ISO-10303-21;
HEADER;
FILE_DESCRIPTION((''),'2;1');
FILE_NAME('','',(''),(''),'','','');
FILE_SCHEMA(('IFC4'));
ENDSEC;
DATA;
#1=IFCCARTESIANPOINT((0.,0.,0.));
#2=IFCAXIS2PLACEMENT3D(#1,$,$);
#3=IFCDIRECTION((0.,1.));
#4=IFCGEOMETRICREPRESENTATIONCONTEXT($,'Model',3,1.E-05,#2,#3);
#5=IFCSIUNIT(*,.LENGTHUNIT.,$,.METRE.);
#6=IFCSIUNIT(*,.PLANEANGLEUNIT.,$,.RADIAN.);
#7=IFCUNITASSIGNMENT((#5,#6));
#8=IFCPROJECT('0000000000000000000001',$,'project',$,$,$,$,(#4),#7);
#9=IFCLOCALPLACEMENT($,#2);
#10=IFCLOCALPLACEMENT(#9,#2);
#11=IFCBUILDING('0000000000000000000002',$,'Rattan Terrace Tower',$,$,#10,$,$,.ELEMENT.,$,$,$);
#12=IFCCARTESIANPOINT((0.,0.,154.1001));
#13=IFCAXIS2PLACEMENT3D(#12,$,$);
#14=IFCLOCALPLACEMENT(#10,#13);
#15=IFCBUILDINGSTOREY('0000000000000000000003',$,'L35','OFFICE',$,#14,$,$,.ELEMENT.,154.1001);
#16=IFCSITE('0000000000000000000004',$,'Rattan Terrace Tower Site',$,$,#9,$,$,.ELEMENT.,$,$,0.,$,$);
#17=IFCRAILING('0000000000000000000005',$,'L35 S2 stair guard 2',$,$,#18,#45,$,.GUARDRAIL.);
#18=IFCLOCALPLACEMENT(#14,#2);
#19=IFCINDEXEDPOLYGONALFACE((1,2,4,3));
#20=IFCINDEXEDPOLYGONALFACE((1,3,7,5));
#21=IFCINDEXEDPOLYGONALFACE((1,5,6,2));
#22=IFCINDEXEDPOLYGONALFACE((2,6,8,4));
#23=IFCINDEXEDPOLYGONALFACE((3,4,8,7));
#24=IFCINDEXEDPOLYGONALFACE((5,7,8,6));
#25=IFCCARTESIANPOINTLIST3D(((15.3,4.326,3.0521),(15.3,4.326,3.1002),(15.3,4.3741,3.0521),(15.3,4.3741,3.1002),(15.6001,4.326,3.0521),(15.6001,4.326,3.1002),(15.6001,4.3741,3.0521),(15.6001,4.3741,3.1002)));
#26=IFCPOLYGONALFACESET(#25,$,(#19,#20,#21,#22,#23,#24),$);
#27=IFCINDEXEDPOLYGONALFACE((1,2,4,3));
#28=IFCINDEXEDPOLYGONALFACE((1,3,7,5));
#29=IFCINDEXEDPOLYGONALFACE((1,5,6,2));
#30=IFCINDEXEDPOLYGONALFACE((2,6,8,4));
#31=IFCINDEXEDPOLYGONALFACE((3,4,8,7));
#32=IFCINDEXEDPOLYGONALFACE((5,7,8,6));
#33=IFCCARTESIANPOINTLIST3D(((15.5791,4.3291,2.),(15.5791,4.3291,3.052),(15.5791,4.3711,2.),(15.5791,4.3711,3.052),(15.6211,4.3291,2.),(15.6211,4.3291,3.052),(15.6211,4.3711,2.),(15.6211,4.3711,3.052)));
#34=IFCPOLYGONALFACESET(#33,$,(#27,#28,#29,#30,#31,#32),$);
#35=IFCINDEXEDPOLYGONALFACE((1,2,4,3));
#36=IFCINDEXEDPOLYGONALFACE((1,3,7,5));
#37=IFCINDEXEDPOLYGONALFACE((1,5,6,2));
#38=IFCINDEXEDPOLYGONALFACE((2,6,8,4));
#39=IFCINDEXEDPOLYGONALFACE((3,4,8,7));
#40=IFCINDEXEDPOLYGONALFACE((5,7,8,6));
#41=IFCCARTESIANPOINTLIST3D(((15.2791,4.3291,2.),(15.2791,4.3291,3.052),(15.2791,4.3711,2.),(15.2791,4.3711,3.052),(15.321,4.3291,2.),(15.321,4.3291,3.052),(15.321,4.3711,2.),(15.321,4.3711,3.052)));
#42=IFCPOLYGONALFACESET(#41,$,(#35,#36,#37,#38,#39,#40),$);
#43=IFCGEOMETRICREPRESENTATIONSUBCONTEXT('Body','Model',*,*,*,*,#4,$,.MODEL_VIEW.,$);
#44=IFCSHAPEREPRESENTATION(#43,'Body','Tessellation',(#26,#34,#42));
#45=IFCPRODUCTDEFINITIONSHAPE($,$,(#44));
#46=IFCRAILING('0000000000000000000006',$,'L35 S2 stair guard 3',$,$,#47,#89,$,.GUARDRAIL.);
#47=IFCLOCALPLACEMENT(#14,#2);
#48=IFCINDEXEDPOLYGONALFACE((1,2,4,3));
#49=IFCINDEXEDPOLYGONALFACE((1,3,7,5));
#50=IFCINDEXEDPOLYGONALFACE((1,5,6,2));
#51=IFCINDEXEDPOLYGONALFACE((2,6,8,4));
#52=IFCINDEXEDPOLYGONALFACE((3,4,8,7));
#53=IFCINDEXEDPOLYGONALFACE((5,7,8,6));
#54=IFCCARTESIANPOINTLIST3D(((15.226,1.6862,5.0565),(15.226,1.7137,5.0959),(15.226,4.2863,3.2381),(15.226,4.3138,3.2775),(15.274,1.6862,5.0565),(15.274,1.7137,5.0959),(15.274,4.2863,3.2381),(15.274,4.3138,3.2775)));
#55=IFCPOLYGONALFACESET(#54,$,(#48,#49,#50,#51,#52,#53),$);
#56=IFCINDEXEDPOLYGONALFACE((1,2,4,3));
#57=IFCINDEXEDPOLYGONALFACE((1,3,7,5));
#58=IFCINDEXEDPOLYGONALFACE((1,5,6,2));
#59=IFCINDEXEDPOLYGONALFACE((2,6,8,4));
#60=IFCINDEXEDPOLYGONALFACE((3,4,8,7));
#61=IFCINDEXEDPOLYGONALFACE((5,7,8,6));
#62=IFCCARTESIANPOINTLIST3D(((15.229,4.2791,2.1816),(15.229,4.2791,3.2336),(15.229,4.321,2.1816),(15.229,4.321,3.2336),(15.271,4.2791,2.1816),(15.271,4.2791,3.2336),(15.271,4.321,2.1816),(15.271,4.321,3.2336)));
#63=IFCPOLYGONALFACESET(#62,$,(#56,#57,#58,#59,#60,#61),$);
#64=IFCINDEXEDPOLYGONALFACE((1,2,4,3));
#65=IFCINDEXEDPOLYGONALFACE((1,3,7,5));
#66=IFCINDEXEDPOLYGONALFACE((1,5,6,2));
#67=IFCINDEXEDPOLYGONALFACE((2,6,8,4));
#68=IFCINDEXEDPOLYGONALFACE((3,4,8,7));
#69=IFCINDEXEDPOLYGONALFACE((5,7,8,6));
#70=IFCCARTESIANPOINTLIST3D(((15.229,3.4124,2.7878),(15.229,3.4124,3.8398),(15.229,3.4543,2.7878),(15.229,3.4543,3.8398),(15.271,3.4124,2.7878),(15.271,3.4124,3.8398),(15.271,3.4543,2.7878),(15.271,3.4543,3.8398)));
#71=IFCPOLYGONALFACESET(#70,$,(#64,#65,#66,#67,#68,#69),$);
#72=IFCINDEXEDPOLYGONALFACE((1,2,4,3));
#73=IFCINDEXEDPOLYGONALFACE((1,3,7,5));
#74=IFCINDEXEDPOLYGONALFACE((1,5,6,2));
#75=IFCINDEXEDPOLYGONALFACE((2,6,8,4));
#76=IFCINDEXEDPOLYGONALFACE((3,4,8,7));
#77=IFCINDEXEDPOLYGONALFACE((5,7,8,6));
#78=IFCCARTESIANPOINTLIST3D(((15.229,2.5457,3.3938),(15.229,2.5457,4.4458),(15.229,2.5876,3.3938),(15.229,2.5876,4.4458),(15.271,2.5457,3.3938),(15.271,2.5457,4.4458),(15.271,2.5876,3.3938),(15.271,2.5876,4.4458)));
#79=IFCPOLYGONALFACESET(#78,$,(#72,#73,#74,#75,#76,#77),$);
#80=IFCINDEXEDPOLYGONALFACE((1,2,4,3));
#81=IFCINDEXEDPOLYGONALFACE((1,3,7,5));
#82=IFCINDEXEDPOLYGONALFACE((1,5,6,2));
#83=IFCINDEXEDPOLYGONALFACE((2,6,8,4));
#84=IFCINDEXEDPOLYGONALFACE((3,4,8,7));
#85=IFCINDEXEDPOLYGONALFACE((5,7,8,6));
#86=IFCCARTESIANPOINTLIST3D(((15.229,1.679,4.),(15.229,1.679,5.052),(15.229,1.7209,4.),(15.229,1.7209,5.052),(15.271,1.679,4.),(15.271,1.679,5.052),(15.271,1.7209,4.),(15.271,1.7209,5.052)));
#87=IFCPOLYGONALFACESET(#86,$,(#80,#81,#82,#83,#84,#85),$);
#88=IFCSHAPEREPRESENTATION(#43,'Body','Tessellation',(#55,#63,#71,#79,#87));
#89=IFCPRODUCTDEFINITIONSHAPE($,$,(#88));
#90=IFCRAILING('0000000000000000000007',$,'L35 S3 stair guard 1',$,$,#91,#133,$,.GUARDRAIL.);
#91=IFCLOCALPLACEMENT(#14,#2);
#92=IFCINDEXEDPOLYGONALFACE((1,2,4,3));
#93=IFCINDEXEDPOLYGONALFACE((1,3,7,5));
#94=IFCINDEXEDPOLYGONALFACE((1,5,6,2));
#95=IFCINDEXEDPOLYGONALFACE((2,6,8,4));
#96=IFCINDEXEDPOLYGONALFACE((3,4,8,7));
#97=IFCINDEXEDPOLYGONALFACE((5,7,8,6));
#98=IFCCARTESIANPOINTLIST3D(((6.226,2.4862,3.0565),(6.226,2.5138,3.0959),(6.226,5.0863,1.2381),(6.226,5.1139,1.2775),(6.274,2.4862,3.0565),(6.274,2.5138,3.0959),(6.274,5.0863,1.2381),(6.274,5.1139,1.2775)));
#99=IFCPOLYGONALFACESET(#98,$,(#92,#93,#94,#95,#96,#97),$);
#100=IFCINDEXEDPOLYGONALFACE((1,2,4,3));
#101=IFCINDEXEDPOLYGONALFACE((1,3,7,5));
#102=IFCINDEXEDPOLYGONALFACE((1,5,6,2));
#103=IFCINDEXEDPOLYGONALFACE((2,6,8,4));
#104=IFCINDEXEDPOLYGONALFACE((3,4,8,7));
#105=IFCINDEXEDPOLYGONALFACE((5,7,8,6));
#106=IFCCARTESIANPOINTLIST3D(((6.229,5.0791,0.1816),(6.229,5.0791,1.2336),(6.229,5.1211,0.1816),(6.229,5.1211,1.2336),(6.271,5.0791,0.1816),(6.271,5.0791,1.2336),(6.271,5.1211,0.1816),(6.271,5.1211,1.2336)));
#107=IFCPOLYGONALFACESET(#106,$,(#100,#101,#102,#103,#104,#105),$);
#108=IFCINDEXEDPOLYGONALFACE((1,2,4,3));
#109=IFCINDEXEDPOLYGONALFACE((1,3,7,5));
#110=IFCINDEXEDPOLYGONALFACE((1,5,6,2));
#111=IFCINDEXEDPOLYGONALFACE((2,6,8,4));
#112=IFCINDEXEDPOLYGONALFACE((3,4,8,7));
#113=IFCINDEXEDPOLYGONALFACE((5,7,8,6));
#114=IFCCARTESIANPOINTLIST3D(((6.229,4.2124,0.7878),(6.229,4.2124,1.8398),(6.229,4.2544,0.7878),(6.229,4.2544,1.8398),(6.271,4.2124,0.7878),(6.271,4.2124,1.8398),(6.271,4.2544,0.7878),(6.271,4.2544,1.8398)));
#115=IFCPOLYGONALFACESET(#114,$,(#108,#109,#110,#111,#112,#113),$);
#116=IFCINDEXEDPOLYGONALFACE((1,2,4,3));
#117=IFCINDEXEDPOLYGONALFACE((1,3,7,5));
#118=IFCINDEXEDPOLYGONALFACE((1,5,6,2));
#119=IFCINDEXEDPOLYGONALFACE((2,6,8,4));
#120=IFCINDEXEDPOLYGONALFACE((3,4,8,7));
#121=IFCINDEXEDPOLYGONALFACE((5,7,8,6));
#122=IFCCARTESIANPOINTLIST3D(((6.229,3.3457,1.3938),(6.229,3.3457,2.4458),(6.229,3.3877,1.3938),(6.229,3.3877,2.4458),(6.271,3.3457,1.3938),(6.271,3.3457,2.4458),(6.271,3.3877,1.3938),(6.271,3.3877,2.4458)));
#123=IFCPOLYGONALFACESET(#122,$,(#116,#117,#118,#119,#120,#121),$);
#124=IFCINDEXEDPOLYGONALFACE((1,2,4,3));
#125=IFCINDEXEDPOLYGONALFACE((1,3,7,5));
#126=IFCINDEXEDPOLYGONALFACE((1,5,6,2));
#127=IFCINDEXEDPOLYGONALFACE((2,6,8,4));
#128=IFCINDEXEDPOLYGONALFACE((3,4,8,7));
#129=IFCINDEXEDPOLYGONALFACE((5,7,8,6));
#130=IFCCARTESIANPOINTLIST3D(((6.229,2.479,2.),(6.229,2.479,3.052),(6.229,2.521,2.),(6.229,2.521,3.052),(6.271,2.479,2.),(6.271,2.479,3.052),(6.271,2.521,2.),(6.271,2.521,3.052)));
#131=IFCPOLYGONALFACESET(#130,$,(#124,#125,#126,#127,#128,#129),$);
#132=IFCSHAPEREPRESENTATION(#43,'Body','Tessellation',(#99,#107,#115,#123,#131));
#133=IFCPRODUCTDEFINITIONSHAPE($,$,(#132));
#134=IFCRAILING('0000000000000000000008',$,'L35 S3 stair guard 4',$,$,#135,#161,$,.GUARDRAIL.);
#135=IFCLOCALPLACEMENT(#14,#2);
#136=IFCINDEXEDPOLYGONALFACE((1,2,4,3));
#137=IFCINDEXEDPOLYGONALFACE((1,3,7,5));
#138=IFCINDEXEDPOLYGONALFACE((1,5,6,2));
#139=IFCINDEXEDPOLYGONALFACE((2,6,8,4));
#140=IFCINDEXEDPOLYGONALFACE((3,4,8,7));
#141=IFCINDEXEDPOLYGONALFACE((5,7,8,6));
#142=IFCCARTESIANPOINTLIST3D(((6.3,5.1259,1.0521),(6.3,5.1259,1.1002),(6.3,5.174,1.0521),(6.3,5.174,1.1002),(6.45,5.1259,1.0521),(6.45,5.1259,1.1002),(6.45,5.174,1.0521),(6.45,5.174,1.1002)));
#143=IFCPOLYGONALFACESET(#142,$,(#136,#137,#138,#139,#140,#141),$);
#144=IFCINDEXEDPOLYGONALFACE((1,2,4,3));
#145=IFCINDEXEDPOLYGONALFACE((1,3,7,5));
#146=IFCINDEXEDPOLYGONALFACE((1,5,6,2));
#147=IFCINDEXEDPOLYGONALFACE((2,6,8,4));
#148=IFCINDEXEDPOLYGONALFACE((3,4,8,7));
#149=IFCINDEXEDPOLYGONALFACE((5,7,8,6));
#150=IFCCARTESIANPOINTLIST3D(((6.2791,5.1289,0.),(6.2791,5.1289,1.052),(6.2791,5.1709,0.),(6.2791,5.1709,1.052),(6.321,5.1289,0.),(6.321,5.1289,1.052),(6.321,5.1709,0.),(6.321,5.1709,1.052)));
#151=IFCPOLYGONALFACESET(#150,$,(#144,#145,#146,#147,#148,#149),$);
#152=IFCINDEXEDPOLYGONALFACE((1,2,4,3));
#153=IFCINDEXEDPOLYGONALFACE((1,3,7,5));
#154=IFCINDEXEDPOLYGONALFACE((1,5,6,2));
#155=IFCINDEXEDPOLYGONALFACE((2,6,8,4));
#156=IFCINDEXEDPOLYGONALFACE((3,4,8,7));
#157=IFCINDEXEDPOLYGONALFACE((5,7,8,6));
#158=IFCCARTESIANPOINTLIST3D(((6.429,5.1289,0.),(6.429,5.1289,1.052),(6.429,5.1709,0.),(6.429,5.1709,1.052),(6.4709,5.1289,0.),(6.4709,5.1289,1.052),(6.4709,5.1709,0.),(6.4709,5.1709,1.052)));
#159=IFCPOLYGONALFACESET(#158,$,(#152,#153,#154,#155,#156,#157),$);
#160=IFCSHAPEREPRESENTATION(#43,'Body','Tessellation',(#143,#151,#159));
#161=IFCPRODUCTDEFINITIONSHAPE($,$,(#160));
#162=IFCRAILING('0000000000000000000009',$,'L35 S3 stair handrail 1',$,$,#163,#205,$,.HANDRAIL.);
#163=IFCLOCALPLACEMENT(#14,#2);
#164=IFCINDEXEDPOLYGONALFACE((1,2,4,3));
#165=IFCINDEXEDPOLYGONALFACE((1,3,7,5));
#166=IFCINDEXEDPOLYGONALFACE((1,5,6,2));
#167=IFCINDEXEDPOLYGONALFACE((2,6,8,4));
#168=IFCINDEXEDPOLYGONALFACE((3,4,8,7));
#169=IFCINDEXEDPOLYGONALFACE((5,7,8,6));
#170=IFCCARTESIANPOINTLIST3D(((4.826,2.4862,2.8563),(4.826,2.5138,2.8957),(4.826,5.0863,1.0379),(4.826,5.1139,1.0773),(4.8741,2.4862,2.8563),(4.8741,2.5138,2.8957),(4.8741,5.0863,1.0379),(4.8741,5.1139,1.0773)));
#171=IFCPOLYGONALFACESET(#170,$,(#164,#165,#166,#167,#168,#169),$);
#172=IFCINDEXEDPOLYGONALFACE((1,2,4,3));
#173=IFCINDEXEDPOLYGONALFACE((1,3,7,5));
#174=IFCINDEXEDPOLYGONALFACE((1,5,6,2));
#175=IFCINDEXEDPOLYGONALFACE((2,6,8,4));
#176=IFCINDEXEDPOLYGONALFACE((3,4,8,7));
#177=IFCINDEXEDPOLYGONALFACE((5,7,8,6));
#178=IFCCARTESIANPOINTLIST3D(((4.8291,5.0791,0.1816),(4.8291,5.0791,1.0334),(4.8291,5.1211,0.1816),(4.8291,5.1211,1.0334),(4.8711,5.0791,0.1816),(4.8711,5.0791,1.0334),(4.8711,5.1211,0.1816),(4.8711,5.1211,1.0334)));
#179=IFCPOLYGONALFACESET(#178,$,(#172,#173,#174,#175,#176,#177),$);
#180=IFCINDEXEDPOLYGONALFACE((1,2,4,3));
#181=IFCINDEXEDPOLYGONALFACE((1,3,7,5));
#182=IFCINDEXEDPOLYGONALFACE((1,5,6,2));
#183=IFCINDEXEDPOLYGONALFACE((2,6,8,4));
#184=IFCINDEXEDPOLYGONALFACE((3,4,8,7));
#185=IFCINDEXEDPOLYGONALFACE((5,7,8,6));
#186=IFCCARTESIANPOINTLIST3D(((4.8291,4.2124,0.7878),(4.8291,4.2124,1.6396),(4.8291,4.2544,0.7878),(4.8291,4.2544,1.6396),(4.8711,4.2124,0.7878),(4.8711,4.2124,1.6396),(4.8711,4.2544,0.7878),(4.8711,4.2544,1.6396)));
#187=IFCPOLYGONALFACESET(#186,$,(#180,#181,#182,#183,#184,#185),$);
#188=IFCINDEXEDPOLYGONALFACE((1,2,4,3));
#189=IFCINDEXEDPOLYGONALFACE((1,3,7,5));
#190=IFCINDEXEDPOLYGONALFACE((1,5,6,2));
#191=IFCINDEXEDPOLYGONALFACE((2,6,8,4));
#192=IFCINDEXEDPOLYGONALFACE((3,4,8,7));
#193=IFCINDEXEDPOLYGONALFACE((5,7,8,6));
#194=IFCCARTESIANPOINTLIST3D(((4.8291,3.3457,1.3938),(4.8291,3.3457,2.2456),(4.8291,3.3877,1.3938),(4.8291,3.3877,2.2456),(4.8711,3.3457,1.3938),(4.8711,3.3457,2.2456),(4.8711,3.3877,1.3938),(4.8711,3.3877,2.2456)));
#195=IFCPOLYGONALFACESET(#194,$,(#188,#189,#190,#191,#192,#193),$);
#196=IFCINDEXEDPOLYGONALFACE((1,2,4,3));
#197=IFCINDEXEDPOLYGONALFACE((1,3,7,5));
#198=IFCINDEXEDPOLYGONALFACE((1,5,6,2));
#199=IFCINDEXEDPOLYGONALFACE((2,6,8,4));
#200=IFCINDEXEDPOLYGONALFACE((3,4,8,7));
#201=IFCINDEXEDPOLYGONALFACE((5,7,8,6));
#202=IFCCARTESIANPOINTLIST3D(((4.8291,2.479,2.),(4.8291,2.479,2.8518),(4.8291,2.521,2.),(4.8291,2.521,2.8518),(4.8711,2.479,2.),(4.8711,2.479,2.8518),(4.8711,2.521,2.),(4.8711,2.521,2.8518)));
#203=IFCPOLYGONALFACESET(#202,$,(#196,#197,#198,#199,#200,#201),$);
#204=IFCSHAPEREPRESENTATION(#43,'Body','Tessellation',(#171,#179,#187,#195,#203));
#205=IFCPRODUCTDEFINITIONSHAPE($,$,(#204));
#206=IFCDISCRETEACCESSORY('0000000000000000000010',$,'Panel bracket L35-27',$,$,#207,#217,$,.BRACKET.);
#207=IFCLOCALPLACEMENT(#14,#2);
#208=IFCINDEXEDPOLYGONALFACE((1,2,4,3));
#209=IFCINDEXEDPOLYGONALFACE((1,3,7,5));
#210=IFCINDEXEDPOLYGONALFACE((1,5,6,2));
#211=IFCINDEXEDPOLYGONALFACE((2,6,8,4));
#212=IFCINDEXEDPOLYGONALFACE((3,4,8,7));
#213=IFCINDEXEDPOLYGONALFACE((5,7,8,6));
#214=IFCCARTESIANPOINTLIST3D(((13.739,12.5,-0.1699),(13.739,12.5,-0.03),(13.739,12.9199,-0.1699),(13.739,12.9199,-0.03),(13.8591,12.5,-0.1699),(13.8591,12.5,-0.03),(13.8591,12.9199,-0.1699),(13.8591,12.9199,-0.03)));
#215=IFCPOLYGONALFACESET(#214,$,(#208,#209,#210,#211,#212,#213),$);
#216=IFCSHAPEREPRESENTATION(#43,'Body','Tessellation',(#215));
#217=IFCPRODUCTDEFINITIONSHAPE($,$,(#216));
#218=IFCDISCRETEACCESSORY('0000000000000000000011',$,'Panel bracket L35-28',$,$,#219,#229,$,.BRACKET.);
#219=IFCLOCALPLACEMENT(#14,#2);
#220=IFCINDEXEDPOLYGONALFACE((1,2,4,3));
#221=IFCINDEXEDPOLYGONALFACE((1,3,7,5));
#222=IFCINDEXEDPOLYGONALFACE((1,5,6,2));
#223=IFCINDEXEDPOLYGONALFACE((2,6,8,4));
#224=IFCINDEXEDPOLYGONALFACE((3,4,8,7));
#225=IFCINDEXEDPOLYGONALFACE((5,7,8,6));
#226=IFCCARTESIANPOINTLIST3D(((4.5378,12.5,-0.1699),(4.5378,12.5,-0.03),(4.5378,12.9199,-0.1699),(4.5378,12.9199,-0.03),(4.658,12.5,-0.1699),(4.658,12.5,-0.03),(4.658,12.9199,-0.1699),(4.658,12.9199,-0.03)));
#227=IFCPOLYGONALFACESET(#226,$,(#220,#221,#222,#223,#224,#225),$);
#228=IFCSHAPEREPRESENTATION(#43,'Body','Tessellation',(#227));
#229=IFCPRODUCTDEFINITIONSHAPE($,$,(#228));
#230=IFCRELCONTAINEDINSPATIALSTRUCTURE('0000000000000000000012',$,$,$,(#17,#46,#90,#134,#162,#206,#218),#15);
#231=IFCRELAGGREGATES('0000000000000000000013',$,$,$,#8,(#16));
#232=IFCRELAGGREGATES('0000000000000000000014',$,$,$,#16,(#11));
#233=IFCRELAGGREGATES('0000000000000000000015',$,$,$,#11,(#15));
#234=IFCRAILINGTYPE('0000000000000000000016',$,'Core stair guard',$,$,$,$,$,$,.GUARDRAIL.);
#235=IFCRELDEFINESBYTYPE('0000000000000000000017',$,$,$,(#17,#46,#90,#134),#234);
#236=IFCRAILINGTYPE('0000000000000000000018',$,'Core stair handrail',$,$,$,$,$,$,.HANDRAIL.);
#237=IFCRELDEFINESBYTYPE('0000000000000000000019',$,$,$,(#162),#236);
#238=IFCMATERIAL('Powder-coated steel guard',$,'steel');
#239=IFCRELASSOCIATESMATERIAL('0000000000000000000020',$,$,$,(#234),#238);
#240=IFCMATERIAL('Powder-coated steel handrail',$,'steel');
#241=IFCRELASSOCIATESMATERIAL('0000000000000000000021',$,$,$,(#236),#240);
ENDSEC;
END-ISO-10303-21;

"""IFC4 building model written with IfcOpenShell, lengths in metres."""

from ifc_helpers import new_model, si_unit, direction, frame, origin, origin_2d, place, context, subcontext, project, spatial, rectangle, extrude, material, type_object, element, save


model = new_model("IFC4")

# Units and contexts
model_context = context("Model", 3, precision=1e-05, world=origin(), true_north=direction((0.0, 1.0)))
body_context = subcontext(model_context, "Body", "Model", "MODEL_VIEW")
ifc_project = project(units=[si_unit("LENGTHUNIT", "METRE"), si_unit("PLANEANGLEUNIT", "RADIAN")], contexts=[model_context])

# Site, building, storey
site_placement = place(None, origin())
site = spatial("IfcSite", under=ifc_project, at=site_placement, Name="Rattan Terrace Tower Site", CompositionType="ELEMENT", RefElevation=0.0)
building_placement = place(site_placement, origin())
building = spatial("IfcBuilding", under=site, at=building_placement, Name="Rattan Terrace Tower", CompositionType="ELEMENT")
storey_placement = place(building_placement, frame((0.0, 0.0, 154.1001)))
storey = spatial("IfcBuildingStorey", under=building, at=storey_placement, Name="L35", Description="OFFICE", CompositionType="ELEMENT", Elevation=154.1001)

# Railings
ifc_material_1 = material(Name="Powder-coated steel guard", Category="steel")
railing_type_1 = type_object("IfcRailingType", Name="Core stair guard", PredefinedType="GUARDRAIL", material=ifc_material_1)
railing_1_placement = place(storey_placement, frame((15.6001, 4.3501, 2.0)))
element("IfcRailing", 1, at=railing_1_placement, inside=storey, type_object=railing_type_1, Name="L35 S2 stair guard 2", PredefinedType="GUARDRAIL", context=body_context, shape_type="SweptSolid", body=[
    extrude(rectangle(XDim=0.0481, YDim=0.0481, at=origin_2d()), frame((0.0, 0.0, 1.0762), z_axis=(-1.0, 0.0, 0.0), x_axis=(0.0, -1.0, 0.0)), (0.0, 0.0, 1.0), 0.3),
    extrude(rectangle(XDim=0.042, YDim=0.042, at=origin_2d()), origin(), (0.0, 0.0, 1.0), 1.052),
    extrude(rectangle(XDim=0.042, YDim=0.042, at=origin_2d()), frame((-0.3, 0.0, 0.0)), (0.0, 0.0, 1.0), 1.052),
])
for number, where, name in (
    (2, (15.25, 4.3, 2.1816), "L35 S2 stair guard 3"),
    (3, (6.25, 5.1001, 0.1816), "L35 S3 stair guard 1"),
):
    element("IfcRailing", number, at=place(storey_placement, frame(where)), inside=storey, type_object=railing_type_1, Name=name, PredefinedType="GUARDRAIL", context=body_context, shape_type="SweptSolid", body=[
        extrude(rectangle(XDim=0.0481, YDim=0.0481, at=origin_2d()), frame((0.0, 0.0, 1.0762), z_axis=(0.0, -0.819485, 0.573101), x_axis=(1.0, 0.0, 0.0)), (0.0, 0.0, 1.0), 3.1729),
        extrude(rectangle(XDim=0.042, YDim=0.042, at=origin_2d()), origin(), (0.0, 0.0, 1.0), 1.052),
        extrude(rectangle(XDim=0.042, YDim=0.042, at=origin_2d()), frame((0.0, -0.8667, 0.6062)), (0.0, 0.0, 1.0), 1.052),
        extrude(rectangle(XDim=0.042, YDim=0.042, at=origin_2d()), frame((0.0, -1.7334, 1.2122)), (0.0, 0.0, 1.0), 1.052),
        extrude(rectangle(XDim=0.042, YDim=0.042, at=origin_2d()), frame((0.0, -2.6001, 1.8184)), (0.0, 0.0, 1.0), 1.052),
    ])
railing_2_placement = place(storey_placement, frame((6.3, 5.1499, 0.0)))
element("IfcRailing", 4, at=railing_2_placement, inside=storey, type_object=railing_type_1, Name="L35 S3 stair guard 4", PredefinedType="GUARDRAIL", context=body_context, shape_type="SweptSolid", body=[
    extrude(rectangle(XDim=0.0481, YDim=0.0481, at=origin_2d()), frame((0.0, 0.0, 1.0762), z_axis=(1.0, 0.0, 0.0), x_axis=(0.0, 1.0, 0.0)), (0.0, 0.0, 1.0), 0.1499),
    extrude(rectangle(XDim=0.042, YDim=0.042, at=origin_2d()), origin(), (0.0, 0.0, 1.0), 1.052),
    extrude(rectangle(XDim=0.042, YDim=0.042, at=origin_2d()), frame((0.1499, 0.0, 0.0)), (0.0, 0.0, 1.0), 1.052),
])
ifc_material_2 = material(Name="Powder-coated steel handrail", Category="steel")
railing_type_2 = type_object("IfcRailingType", Name="Core stair handrail", PredefinedType="HANDRAIL", material=ifc_material_2)
railing_3_placement = place(storey_placement, frame((4.8501, 5.1001, 0.1816)))
element("IfcRailing", 5, at=railing_3_placement, inside=storey, type_object=railing_type_2, Name="L35 S3 stair handrail 1", PredefinedType="HANDRAIL", context=body_context, shape_type="SweptSolid", body=[
    extrude(rectangle(XDim=0.0481, YDim=0.0481, at=origin_2d()), frame((0.0, 0.0, 0.876), z_axis=(0.0, -0.819485, 0.573101), x_axis=(1.0, 0.0, 0.0)), (0.0, 0.0, 1.0), 3.1729),
    extrude(rectangle(XDim=0.042, YDim=0.042, at=origin_2d()), origin(), (0.0, 0.0, 1.0), 0.8518),
    extrude(rectangle(XDim=0.042, YDim=0.042, at=origin_2d()), frame((0.0, -0.8667, 0.6062)), (0.0, 0.0, 1.0), 0.8518),
    extrude(rectangle(XDim=0.042, YDim=0.042, at=origin_2d()), frame((0.0, -1.7334, 1.2122)), (0.0, 0.0, 1.0), 0.8518),
    extrude(rectangle(XDim=0.042, YDim=0.042, at=origin_2d()), frame((0.0, -2.6001, 1.8184)), (0.0, 0.0, 1.0), 0.8518),
])

# Discrete accessories
for number, where, z_axis, x_axis, name in (
    (6, (13.7991, 12.71, -0.1699), (0.0, 0.0, 1.0), (-1.0, 0.0, 0.0), "Panel bracket L35-27"),
    (7, (4.5979, 12.71, -0.1699), (0.0, 0.0, 1.0), (-1.0, 0.0, 0.0), "Panel bracket L35-28"),
):
    element("IfcDiscreteAccessory", number, at=place(storey_placement, frame(where, z_axis=z_axis, x_axis=x_axis)), inside=storey, Name=name, PredefinedType="BRACKET", context=body_context, shape_type="SweptSolid", body=[
        extrude(rectangle(XDim=0.1201, YDim=0.4199, at=origin_2d()), origin(), (0.0, 0.0, 1.0), 0.1399),
    ])

save(model, "model.ifc")
